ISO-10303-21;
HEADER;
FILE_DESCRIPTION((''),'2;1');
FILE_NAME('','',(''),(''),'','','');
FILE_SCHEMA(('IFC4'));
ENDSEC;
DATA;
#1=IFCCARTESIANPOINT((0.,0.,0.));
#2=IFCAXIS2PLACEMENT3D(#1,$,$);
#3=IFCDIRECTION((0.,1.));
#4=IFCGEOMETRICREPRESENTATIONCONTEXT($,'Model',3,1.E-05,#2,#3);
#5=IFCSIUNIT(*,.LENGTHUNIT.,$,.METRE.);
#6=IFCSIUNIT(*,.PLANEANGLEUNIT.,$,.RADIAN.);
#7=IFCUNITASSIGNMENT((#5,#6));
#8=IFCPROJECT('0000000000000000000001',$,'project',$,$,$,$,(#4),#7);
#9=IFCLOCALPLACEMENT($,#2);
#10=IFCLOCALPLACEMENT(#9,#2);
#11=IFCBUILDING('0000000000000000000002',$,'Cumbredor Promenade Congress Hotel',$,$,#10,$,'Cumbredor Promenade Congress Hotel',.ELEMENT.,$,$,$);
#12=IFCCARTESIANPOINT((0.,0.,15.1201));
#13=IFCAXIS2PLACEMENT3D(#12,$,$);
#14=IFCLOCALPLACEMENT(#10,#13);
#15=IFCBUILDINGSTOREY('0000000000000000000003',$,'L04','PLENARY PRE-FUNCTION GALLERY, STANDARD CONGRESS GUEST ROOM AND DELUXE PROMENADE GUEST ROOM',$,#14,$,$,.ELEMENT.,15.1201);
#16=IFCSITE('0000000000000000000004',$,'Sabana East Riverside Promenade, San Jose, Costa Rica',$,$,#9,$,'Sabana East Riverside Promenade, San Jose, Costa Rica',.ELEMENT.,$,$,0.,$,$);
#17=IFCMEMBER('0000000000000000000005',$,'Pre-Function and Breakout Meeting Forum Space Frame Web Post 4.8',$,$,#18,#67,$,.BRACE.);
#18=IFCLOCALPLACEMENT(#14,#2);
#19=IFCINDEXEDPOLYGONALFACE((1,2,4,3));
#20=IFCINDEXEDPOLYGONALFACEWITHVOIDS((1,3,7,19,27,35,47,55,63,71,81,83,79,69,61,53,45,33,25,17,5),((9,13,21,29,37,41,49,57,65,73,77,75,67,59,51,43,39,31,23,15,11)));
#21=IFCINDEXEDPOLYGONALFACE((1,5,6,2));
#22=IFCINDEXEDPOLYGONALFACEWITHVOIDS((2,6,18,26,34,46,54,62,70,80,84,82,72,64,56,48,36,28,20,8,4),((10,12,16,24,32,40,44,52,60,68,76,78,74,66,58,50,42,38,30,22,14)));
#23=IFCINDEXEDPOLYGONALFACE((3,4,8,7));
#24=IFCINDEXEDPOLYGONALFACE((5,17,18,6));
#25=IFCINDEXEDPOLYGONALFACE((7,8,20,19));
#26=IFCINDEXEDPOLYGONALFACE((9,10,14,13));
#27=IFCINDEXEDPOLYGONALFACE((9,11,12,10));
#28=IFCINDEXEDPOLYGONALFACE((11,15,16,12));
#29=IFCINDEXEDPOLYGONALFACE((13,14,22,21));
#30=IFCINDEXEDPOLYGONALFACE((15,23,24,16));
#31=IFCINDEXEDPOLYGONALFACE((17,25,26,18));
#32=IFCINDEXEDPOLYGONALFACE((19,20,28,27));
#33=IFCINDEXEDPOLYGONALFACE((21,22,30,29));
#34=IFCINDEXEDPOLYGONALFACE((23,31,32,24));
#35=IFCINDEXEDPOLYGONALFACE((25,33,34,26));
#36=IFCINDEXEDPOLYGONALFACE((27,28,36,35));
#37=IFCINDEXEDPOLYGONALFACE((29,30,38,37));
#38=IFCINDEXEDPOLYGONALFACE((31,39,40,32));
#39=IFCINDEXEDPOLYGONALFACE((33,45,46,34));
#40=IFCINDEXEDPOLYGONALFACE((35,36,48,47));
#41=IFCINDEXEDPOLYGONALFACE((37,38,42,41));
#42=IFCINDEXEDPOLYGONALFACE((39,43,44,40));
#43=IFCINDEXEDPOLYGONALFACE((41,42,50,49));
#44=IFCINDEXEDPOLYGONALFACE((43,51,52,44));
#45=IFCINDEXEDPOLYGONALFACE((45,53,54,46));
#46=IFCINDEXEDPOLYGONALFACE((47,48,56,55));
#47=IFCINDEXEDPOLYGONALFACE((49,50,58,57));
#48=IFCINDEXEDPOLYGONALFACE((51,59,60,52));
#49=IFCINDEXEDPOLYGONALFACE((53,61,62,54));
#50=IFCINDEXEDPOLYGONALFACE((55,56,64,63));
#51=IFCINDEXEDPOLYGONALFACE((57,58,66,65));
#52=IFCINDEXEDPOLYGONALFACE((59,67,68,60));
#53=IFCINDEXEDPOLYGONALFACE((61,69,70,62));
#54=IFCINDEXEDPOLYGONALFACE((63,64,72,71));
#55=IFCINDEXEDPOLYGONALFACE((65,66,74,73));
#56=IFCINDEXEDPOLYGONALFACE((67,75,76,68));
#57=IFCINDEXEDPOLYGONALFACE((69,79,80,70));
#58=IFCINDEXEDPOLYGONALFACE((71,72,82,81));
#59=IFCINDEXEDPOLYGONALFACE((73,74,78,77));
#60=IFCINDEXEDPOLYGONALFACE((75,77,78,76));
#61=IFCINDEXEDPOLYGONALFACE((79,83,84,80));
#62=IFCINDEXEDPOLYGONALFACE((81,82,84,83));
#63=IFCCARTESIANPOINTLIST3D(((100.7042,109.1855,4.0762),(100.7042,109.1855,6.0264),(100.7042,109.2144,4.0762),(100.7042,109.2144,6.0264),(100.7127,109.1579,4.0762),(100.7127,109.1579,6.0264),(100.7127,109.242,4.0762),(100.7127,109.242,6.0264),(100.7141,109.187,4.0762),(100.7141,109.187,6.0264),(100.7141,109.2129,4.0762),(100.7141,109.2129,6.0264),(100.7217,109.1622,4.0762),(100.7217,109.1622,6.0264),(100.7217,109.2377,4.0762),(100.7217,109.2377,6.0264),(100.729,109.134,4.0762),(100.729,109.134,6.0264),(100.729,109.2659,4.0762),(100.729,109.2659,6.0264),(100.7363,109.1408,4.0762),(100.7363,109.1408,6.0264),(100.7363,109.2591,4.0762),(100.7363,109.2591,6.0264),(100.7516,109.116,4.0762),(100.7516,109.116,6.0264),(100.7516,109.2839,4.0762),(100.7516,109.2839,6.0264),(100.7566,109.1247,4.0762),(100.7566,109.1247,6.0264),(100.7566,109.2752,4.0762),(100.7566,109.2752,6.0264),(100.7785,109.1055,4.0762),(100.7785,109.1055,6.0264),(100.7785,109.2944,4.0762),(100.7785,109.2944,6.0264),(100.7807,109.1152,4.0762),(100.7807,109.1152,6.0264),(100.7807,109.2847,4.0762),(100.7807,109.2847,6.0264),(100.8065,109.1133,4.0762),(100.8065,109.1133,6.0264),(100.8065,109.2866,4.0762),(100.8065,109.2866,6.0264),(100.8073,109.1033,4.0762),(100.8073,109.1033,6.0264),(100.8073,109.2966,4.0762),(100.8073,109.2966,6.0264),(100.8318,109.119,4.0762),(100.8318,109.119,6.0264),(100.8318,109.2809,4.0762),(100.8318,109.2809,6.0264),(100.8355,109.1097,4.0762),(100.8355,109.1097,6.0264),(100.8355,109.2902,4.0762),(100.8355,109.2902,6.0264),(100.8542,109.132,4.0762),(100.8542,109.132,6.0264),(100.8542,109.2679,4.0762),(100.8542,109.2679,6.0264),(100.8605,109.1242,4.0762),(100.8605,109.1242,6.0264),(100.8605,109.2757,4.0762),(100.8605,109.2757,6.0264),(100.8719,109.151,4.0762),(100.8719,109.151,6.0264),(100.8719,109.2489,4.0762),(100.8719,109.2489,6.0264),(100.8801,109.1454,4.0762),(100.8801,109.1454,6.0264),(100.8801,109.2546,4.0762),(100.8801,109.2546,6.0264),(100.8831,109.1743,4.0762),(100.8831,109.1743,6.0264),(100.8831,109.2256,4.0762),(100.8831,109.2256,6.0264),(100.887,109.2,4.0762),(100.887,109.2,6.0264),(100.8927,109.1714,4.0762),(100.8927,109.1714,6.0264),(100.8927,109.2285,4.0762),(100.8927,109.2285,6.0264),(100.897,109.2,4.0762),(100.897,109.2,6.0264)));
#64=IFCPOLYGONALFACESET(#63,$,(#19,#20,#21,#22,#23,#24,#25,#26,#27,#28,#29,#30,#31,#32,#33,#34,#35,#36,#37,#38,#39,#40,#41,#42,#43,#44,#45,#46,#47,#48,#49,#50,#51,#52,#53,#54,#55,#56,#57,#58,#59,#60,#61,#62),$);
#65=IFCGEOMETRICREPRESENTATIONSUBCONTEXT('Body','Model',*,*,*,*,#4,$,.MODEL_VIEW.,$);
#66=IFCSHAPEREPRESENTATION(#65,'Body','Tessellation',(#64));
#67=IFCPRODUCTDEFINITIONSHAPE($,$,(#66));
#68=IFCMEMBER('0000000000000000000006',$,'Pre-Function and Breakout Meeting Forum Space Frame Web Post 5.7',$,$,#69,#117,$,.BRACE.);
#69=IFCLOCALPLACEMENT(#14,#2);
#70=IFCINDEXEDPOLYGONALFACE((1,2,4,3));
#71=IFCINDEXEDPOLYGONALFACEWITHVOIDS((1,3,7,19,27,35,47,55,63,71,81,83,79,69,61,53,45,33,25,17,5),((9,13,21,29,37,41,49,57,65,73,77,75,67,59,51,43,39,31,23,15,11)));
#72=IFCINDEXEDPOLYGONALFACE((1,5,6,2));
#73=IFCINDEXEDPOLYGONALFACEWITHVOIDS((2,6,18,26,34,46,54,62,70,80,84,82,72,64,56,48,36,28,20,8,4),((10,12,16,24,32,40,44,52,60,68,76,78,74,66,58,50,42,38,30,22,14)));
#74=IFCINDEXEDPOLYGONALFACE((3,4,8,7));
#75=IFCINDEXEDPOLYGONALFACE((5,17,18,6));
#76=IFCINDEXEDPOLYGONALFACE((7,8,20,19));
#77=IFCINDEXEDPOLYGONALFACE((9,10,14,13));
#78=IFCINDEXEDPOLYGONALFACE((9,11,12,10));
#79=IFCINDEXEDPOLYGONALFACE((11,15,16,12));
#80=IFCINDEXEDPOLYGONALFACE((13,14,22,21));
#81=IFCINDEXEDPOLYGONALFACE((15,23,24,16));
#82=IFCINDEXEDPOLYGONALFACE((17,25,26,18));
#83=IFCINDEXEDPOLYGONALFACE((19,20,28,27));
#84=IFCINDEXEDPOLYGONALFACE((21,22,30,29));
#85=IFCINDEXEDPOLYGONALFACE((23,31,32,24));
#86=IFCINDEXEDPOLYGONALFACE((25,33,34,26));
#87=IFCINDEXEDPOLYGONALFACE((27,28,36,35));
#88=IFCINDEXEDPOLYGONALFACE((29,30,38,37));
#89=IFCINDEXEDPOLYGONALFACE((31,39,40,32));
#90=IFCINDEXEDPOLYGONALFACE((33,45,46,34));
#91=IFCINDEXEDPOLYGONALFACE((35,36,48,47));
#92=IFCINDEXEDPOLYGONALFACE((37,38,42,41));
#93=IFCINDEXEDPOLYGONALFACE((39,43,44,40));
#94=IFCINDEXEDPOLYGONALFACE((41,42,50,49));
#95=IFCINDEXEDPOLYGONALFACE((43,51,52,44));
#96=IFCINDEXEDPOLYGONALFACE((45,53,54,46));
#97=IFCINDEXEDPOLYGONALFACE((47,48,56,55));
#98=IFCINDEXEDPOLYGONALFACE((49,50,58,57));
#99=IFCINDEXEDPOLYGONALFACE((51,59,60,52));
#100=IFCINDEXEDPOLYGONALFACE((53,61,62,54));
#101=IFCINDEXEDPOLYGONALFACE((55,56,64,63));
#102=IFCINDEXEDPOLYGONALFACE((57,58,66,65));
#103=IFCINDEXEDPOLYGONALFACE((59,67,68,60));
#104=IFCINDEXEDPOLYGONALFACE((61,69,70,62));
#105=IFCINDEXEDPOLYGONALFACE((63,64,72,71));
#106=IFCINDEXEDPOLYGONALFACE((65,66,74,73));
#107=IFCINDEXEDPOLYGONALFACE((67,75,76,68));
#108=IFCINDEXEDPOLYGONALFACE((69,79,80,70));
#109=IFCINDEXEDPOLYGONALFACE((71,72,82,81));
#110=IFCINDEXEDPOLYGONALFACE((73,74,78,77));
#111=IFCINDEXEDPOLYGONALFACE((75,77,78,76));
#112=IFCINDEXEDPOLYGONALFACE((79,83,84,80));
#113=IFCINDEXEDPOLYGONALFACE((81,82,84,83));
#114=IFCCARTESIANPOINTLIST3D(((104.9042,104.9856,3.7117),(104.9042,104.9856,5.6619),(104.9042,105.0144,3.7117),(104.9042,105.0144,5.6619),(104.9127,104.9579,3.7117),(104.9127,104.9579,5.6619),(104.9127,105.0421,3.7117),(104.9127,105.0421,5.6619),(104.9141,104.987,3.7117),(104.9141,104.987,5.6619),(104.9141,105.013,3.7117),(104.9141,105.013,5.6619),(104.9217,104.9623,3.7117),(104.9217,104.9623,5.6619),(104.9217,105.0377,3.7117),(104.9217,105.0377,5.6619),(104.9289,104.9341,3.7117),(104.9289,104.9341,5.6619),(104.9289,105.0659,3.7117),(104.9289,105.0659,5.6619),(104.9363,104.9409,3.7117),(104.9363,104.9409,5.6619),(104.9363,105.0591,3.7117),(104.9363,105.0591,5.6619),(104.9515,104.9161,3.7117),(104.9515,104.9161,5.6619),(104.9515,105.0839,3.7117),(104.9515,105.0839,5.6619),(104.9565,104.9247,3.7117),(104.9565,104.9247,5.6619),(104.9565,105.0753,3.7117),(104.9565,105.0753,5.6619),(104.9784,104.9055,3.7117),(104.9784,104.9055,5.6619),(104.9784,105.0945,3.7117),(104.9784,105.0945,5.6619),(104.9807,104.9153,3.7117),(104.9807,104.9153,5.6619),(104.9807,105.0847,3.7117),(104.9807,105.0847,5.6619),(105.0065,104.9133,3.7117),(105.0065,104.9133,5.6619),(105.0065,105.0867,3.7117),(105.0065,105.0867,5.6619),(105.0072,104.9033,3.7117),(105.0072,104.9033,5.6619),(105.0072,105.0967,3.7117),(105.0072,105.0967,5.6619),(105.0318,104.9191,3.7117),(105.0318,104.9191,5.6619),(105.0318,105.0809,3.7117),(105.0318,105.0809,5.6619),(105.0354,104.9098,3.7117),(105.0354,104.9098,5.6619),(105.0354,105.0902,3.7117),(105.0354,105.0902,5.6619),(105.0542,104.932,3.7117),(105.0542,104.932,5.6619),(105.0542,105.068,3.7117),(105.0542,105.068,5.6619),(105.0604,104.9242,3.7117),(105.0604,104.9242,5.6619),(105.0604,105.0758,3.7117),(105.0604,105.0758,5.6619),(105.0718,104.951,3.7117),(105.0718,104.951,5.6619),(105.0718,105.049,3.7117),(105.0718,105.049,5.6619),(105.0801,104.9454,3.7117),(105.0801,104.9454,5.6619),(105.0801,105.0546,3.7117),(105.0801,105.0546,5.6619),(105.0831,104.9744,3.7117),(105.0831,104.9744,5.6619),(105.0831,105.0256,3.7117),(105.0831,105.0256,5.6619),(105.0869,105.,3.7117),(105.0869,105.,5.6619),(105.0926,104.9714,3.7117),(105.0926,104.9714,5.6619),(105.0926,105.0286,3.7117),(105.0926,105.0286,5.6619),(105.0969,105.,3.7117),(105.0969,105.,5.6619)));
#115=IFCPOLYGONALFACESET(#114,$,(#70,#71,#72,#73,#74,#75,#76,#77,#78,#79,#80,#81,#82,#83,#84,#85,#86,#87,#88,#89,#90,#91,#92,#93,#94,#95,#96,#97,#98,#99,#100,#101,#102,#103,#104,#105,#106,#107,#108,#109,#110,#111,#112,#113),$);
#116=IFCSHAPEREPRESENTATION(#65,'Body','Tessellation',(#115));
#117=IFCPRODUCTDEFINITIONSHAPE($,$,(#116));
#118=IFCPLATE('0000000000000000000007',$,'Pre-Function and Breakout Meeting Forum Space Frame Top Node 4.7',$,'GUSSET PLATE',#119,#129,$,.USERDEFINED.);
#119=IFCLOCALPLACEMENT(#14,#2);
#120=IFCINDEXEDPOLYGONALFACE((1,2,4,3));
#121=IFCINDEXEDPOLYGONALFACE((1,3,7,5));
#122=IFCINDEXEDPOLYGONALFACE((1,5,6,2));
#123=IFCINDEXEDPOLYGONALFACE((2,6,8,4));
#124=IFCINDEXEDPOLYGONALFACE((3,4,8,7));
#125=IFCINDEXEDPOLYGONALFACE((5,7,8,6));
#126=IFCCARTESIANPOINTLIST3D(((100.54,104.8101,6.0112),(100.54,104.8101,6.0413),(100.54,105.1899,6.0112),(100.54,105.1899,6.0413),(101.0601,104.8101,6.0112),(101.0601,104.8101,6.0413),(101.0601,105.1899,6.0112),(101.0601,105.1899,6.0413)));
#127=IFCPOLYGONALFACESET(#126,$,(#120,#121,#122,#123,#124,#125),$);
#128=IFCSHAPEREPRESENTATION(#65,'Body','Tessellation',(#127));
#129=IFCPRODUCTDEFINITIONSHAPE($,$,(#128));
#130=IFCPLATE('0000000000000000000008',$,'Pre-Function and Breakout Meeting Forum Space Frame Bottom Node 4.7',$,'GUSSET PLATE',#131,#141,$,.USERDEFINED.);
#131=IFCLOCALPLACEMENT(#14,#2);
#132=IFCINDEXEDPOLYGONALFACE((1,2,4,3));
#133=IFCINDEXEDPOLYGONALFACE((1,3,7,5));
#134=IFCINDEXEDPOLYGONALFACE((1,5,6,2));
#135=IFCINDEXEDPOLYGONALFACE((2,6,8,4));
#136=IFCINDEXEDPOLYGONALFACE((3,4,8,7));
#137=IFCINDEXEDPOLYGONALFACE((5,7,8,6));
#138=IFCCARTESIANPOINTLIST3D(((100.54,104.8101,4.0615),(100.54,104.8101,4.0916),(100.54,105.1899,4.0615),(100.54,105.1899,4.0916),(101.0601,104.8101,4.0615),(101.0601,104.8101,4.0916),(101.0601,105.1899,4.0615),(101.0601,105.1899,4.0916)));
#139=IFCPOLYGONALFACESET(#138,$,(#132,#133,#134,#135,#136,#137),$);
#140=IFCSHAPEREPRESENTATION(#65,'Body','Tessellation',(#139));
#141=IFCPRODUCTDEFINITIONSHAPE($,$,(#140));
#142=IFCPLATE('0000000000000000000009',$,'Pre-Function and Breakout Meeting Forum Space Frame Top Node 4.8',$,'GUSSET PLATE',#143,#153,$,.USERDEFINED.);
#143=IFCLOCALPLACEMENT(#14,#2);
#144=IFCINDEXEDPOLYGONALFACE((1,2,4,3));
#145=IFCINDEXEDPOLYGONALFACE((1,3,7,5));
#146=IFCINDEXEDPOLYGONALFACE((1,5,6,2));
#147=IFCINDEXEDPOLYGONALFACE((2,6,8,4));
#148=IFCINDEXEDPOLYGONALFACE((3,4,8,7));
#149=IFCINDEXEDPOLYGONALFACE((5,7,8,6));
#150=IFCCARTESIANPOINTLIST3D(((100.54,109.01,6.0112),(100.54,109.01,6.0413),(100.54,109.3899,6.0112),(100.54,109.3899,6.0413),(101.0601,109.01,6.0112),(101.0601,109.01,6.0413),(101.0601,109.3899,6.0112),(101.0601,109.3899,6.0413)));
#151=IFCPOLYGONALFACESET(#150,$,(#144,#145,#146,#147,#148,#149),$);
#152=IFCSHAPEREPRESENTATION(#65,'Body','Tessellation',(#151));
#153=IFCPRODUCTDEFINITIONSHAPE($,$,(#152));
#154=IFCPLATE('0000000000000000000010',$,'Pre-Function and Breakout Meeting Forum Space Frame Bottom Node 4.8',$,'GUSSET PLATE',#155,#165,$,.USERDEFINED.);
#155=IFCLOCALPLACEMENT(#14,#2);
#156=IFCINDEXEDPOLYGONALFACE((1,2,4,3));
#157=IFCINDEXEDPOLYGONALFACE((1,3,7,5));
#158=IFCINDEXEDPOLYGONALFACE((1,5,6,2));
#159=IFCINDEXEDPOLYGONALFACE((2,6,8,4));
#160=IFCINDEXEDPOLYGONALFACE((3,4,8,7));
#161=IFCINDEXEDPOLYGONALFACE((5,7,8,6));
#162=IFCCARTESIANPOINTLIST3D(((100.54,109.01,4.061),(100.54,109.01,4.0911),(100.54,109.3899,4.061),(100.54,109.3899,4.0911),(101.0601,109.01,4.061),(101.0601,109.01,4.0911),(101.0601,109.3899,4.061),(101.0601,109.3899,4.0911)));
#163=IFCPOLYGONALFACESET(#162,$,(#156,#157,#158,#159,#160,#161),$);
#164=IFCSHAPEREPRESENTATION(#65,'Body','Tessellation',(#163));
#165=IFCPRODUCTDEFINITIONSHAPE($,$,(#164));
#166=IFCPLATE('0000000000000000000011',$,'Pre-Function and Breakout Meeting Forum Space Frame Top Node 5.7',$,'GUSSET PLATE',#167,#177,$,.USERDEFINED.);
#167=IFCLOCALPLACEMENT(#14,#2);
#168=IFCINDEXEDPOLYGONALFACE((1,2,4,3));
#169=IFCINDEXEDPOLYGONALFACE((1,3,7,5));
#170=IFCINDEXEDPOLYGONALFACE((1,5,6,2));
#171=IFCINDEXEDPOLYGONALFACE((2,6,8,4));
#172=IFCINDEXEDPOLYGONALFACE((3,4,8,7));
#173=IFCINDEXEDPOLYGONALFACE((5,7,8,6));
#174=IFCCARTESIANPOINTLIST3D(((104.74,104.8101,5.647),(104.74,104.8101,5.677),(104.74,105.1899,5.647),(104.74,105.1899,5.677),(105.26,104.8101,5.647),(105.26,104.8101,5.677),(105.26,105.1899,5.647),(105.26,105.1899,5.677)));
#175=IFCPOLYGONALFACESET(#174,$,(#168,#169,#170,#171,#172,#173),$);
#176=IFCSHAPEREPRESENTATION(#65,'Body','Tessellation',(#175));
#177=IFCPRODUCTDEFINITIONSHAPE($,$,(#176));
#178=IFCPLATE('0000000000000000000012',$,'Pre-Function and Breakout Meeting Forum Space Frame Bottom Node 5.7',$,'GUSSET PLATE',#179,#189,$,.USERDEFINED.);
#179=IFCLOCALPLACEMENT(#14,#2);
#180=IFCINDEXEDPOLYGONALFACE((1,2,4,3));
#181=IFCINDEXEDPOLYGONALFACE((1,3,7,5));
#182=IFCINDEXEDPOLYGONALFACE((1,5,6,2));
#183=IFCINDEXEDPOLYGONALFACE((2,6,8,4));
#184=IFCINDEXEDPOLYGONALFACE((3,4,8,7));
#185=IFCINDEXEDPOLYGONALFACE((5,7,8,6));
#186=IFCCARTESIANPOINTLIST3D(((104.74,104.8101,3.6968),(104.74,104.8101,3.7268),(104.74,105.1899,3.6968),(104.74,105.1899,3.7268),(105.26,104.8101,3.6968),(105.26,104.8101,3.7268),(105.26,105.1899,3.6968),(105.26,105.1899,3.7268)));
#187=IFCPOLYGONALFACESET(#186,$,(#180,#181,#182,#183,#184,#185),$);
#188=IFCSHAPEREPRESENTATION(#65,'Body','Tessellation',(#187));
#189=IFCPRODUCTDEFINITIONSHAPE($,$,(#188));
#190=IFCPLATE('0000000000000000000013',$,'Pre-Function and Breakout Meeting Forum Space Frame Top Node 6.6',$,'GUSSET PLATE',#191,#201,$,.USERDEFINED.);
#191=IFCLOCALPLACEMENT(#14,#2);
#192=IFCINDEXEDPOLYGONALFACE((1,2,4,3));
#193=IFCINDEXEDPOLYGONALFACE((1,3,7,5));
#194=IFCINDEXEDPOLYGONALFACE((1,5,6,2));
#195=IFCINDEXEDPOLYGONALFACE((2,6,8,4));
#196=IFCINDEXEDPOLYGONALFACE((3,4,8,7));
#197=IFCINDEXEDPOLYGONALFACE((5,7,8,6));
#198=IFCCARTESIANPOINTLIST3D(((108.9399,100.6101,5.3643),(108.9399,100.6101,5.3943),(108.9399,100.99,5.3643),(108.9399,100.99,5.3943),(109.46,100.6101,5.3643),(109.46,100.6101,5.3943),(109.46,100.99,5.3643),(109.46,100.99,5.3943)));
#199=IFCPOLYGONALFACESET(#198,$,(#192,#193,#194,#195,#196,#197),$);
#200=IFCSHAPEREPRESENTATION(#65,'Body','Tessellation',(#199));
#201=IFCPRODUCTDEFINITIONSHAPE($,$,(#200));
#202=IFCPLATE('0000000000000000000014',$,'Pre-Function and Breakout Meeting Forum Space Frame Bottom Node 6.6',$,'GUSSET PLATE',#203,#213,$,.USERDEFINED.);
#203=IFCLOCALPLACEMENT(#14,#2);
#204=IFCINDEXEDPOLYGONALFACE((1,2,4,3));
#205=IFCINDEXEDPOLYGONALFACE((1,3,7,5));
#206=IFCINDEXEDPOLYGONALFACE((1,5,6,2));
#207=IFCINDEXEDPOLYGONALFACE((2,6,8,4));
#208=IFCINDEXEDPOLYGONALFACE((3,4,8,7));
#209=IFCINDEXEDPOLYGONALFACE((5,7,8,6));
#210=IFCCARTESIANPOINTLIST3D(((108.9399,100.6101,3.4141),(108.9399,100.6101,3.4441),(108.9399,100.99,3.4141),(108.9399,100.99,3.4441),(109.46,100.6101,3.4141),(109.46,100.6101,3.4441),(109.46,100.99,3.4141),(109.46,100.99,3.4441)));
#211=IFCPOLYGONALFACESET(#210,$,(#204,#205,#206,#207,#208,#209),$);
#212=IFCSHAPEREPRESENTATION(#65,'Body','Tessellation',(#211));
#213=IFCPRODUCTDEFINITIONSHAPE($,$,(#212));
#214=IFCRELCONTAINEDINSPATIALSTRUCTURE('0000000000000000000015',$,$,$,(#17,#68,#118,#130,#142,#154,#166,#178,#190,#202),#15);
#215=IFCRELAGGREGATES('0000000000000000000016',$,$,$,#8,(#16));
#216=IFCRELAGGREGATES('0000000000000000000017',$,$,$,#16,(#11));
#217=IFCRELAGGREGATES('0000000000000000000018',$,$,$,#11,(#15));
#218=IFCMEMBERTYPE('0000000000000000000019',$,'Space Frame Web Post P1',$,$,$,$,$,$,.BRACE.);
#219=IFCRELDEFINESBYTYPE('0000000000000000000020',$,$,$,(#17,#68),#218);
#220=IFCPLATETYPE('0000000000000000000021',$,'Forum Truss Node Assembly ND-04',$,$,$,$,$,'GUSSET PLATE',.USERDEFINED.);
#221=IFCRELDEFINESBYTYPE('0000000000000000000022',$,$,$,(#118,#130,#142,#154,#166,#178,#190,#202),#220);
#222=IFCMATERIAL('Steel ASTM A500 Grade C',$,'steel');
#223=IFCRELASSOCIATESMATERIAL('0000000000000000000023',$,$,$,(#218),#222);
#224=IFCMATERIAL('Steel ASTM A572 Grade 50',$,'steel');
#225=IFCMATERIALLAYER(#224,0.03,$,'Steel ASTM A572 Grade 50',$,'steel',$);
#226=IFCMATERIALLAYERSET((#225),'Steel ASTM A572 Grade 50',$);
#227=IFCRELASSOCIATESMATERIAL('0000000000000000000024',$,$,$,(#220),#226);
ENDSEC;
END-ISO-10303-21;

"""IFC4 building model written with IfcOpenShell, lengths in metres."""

from ifc_helpers import new_model, si_unit, direction, frame, origin, origin_2d, place, context, subcontext, project, spatial, rectangle, hollow_circle, extrude, material, layer, layer_set, material_profile, profile_set, type_object, element, save


model = new_model("IFC4")

# Units and contexts
model_context = context("Model", 3, precision=1e-05, world=origin(), true_north=direction((0.0, 1.0)))
body_context = subcontext(model_context, "Body", "Model", "MODEL_VIEW")
ifc_project = project(units=[si_unit("LENGTHUNIT", "METRE"), si_unit("PLANEANGLEUNIT", "RADIAN")], contexts=[model_context])

# Site, building, storey
site_placement = place(None, origin())
site = spatial("IfcSite", under=ifc_project, at=site_placement, Name="Sabana East Riverside Promenade, San Jose, Costa Rica", LongName="Sabana East Riverside Promenade, San Jose, Costa Rica", CompositionType="ELEMENT", RefElevation=0.0)
building_placement = place(site_placement, origin())
building = spatial("IfcBuilding", under=site, at=building_placement, Name="Cumbredor Promenade Congress Hotel", LongName="Cumbredor Promenade Congress Hotel", CompositionType="ELEMENT")
storey_placement = place(building_placement, frame((0.0, 0.0, 15.1201)))
storey = spatial("IfcBuildingStorey", under=building, at=storey_placement, Name="L04", Description="PLENARY PRE-FUNCTION GALLERY, STANDARD CONGRESS GUEST ROOM AND DELUXE PROMENADE GUEST ROOM", CompositionType="ELEMENT", Elevation=15.1201)

# Members
ifc_material_1 = material(Name="Steel ASTM A500 Grade C", Category="steel")
ifc_material_profile_1 = material_profile(ifc_material_1, hollow_circle(Radius=0.0969, WallThickness=0.01, at=origin_2d()), Name="CHS 193.7x10")
ifc_profile_set_1 = profile_set([ifc_material_profile_1], Name="Steel ASTM A500 Grade C")
member_type_1 = type_object("IfcMemberType", Name="Space Frame Web Post P1", PredefinedType="BRACE", material=ifc_profile_set_1)
for number, where, z_axis, x_axis, name in (
    (1, (100.8, 109.2, 4.0762), (0.0, 0.0, 1.0), (1.0, 0.0, 0.0), "Pre-Function and Breakout Meeting Forum Space Frame Web Post 4.8"),
    (2, (105.0, 105.0, 3.7117), (0.0, 0.0, 1.0), (1.0, 0.0, 0.0), "Pre-Function and Breakout Meeting Forum Space Frame Web Post 5.7"),
):
    element("IfcMember", number, at=place(storey_placement, frame(where, z_axis=z_axis, x_axis=x_axis)), inside=storey, type_object=member_type_1, Name=name, PredefinedType="BRACE", context=body_context, shape_type="SweptSolid", body=[
        extrude(hollow_circle(Radius=0.0969, WallThickness=0.01, at=origin_2d()), origin(), (0.0, 0.0, 1.0), 1.9502),
    ])

# Plates
ifc_material_2 = material(Name="Steel ASTM A572 Grade 50", Category="steel")
ifc_layer = layer(ifc_material_2, 0.03, Name="Steel ASTM A572 Grade 50", Category="steel")
ifc_layer_set = layer_set([ifc_layer], Name="Steel ASTM A572 Grade 50")
plate_type = type_object("IfcPlateType", Name="Forum Truss Node Assembly ND-04", ElementType="GUSSET PLATE", PredefinedType="USERDEFINED", material=ifc_layer_set)
for number, where, z_axis, x_axis, name in (
    (3, (100.8, 105.0, 6.0112), (0.0, 0.0, 1.0), (1.0, 0.0, 0.0), "Pre-Function and Breakout Meeting Forum Space Frame Top Node 4.7"),
    (4, (100.8, 105.0, 4.0615), (0.0, 0.0, 1.0), (1.0, 0.0, 0.0), "Pre-Function and Breakout Meeting Forum Space Frame Bottom Node 4.7"),
    (5, (100.8, 109.2, 6.0112), (0.0, 0.0, 1.0), (1.0, 0.0, 0.0), "Pre-Function and Breakout Meeting Forum Space Frame Top Node 4.8"),
    (6, (100.8, 109.2, 4.061), (0.0, 0.0, 1.0), (1.0, 0.0, 0.0), "Pre-Function and Breakout Meeting Forum Space Frame Bottom Node 4.8"),
    (7, (105.0, 105.0, 5.647), (0.0, 0.0, 1.0), (1.0, 0.0, 0.0), "Pre-Function and Breakout Meeting Forum Space Frame Top Node 5.7"),
    (8, (105.0, 105.0, 3.6968), (0.0, 0.0, 1.0), (1.0, 0.0, 0.0), "Pre-Function and Breakout Meeting Forum Space Frame Bottom Node 5.7"),
    (9, (109.2, 100.8, 5.3643), (0.0, 0.0, 1.0), (1.0, 0.0, 0.0), "Pre-Function and Breakout Meeting Forum Space Frame Top Node 6.6"),
    (10, (109.2, 100.8, 3.4141), (0.0, 0.0, 1.0), (1.0, 0.0, 0.0), "Pre-Function and Breakout Meeting Forum Space Frame Bottom Node 6.6"),
):
    element("IfcPlate", number, at=place(storey_placement, frame(where, z_axis=z_axis, x_axis=x_axis)), inside=storey, type_object=plate_type, Name=name, ObjectType="GUSSET PLATE", PredefinedType="USERDEFINED", context=body_context, shape_type="SweptSolid", body=[
        extrude(rectangle(XDim=0.52, YDim=0.3799, at=origin_2d()), origin(), (0.0, 0.0, 1.0), 0.03),
    ])

save(model, "model.ifc")
